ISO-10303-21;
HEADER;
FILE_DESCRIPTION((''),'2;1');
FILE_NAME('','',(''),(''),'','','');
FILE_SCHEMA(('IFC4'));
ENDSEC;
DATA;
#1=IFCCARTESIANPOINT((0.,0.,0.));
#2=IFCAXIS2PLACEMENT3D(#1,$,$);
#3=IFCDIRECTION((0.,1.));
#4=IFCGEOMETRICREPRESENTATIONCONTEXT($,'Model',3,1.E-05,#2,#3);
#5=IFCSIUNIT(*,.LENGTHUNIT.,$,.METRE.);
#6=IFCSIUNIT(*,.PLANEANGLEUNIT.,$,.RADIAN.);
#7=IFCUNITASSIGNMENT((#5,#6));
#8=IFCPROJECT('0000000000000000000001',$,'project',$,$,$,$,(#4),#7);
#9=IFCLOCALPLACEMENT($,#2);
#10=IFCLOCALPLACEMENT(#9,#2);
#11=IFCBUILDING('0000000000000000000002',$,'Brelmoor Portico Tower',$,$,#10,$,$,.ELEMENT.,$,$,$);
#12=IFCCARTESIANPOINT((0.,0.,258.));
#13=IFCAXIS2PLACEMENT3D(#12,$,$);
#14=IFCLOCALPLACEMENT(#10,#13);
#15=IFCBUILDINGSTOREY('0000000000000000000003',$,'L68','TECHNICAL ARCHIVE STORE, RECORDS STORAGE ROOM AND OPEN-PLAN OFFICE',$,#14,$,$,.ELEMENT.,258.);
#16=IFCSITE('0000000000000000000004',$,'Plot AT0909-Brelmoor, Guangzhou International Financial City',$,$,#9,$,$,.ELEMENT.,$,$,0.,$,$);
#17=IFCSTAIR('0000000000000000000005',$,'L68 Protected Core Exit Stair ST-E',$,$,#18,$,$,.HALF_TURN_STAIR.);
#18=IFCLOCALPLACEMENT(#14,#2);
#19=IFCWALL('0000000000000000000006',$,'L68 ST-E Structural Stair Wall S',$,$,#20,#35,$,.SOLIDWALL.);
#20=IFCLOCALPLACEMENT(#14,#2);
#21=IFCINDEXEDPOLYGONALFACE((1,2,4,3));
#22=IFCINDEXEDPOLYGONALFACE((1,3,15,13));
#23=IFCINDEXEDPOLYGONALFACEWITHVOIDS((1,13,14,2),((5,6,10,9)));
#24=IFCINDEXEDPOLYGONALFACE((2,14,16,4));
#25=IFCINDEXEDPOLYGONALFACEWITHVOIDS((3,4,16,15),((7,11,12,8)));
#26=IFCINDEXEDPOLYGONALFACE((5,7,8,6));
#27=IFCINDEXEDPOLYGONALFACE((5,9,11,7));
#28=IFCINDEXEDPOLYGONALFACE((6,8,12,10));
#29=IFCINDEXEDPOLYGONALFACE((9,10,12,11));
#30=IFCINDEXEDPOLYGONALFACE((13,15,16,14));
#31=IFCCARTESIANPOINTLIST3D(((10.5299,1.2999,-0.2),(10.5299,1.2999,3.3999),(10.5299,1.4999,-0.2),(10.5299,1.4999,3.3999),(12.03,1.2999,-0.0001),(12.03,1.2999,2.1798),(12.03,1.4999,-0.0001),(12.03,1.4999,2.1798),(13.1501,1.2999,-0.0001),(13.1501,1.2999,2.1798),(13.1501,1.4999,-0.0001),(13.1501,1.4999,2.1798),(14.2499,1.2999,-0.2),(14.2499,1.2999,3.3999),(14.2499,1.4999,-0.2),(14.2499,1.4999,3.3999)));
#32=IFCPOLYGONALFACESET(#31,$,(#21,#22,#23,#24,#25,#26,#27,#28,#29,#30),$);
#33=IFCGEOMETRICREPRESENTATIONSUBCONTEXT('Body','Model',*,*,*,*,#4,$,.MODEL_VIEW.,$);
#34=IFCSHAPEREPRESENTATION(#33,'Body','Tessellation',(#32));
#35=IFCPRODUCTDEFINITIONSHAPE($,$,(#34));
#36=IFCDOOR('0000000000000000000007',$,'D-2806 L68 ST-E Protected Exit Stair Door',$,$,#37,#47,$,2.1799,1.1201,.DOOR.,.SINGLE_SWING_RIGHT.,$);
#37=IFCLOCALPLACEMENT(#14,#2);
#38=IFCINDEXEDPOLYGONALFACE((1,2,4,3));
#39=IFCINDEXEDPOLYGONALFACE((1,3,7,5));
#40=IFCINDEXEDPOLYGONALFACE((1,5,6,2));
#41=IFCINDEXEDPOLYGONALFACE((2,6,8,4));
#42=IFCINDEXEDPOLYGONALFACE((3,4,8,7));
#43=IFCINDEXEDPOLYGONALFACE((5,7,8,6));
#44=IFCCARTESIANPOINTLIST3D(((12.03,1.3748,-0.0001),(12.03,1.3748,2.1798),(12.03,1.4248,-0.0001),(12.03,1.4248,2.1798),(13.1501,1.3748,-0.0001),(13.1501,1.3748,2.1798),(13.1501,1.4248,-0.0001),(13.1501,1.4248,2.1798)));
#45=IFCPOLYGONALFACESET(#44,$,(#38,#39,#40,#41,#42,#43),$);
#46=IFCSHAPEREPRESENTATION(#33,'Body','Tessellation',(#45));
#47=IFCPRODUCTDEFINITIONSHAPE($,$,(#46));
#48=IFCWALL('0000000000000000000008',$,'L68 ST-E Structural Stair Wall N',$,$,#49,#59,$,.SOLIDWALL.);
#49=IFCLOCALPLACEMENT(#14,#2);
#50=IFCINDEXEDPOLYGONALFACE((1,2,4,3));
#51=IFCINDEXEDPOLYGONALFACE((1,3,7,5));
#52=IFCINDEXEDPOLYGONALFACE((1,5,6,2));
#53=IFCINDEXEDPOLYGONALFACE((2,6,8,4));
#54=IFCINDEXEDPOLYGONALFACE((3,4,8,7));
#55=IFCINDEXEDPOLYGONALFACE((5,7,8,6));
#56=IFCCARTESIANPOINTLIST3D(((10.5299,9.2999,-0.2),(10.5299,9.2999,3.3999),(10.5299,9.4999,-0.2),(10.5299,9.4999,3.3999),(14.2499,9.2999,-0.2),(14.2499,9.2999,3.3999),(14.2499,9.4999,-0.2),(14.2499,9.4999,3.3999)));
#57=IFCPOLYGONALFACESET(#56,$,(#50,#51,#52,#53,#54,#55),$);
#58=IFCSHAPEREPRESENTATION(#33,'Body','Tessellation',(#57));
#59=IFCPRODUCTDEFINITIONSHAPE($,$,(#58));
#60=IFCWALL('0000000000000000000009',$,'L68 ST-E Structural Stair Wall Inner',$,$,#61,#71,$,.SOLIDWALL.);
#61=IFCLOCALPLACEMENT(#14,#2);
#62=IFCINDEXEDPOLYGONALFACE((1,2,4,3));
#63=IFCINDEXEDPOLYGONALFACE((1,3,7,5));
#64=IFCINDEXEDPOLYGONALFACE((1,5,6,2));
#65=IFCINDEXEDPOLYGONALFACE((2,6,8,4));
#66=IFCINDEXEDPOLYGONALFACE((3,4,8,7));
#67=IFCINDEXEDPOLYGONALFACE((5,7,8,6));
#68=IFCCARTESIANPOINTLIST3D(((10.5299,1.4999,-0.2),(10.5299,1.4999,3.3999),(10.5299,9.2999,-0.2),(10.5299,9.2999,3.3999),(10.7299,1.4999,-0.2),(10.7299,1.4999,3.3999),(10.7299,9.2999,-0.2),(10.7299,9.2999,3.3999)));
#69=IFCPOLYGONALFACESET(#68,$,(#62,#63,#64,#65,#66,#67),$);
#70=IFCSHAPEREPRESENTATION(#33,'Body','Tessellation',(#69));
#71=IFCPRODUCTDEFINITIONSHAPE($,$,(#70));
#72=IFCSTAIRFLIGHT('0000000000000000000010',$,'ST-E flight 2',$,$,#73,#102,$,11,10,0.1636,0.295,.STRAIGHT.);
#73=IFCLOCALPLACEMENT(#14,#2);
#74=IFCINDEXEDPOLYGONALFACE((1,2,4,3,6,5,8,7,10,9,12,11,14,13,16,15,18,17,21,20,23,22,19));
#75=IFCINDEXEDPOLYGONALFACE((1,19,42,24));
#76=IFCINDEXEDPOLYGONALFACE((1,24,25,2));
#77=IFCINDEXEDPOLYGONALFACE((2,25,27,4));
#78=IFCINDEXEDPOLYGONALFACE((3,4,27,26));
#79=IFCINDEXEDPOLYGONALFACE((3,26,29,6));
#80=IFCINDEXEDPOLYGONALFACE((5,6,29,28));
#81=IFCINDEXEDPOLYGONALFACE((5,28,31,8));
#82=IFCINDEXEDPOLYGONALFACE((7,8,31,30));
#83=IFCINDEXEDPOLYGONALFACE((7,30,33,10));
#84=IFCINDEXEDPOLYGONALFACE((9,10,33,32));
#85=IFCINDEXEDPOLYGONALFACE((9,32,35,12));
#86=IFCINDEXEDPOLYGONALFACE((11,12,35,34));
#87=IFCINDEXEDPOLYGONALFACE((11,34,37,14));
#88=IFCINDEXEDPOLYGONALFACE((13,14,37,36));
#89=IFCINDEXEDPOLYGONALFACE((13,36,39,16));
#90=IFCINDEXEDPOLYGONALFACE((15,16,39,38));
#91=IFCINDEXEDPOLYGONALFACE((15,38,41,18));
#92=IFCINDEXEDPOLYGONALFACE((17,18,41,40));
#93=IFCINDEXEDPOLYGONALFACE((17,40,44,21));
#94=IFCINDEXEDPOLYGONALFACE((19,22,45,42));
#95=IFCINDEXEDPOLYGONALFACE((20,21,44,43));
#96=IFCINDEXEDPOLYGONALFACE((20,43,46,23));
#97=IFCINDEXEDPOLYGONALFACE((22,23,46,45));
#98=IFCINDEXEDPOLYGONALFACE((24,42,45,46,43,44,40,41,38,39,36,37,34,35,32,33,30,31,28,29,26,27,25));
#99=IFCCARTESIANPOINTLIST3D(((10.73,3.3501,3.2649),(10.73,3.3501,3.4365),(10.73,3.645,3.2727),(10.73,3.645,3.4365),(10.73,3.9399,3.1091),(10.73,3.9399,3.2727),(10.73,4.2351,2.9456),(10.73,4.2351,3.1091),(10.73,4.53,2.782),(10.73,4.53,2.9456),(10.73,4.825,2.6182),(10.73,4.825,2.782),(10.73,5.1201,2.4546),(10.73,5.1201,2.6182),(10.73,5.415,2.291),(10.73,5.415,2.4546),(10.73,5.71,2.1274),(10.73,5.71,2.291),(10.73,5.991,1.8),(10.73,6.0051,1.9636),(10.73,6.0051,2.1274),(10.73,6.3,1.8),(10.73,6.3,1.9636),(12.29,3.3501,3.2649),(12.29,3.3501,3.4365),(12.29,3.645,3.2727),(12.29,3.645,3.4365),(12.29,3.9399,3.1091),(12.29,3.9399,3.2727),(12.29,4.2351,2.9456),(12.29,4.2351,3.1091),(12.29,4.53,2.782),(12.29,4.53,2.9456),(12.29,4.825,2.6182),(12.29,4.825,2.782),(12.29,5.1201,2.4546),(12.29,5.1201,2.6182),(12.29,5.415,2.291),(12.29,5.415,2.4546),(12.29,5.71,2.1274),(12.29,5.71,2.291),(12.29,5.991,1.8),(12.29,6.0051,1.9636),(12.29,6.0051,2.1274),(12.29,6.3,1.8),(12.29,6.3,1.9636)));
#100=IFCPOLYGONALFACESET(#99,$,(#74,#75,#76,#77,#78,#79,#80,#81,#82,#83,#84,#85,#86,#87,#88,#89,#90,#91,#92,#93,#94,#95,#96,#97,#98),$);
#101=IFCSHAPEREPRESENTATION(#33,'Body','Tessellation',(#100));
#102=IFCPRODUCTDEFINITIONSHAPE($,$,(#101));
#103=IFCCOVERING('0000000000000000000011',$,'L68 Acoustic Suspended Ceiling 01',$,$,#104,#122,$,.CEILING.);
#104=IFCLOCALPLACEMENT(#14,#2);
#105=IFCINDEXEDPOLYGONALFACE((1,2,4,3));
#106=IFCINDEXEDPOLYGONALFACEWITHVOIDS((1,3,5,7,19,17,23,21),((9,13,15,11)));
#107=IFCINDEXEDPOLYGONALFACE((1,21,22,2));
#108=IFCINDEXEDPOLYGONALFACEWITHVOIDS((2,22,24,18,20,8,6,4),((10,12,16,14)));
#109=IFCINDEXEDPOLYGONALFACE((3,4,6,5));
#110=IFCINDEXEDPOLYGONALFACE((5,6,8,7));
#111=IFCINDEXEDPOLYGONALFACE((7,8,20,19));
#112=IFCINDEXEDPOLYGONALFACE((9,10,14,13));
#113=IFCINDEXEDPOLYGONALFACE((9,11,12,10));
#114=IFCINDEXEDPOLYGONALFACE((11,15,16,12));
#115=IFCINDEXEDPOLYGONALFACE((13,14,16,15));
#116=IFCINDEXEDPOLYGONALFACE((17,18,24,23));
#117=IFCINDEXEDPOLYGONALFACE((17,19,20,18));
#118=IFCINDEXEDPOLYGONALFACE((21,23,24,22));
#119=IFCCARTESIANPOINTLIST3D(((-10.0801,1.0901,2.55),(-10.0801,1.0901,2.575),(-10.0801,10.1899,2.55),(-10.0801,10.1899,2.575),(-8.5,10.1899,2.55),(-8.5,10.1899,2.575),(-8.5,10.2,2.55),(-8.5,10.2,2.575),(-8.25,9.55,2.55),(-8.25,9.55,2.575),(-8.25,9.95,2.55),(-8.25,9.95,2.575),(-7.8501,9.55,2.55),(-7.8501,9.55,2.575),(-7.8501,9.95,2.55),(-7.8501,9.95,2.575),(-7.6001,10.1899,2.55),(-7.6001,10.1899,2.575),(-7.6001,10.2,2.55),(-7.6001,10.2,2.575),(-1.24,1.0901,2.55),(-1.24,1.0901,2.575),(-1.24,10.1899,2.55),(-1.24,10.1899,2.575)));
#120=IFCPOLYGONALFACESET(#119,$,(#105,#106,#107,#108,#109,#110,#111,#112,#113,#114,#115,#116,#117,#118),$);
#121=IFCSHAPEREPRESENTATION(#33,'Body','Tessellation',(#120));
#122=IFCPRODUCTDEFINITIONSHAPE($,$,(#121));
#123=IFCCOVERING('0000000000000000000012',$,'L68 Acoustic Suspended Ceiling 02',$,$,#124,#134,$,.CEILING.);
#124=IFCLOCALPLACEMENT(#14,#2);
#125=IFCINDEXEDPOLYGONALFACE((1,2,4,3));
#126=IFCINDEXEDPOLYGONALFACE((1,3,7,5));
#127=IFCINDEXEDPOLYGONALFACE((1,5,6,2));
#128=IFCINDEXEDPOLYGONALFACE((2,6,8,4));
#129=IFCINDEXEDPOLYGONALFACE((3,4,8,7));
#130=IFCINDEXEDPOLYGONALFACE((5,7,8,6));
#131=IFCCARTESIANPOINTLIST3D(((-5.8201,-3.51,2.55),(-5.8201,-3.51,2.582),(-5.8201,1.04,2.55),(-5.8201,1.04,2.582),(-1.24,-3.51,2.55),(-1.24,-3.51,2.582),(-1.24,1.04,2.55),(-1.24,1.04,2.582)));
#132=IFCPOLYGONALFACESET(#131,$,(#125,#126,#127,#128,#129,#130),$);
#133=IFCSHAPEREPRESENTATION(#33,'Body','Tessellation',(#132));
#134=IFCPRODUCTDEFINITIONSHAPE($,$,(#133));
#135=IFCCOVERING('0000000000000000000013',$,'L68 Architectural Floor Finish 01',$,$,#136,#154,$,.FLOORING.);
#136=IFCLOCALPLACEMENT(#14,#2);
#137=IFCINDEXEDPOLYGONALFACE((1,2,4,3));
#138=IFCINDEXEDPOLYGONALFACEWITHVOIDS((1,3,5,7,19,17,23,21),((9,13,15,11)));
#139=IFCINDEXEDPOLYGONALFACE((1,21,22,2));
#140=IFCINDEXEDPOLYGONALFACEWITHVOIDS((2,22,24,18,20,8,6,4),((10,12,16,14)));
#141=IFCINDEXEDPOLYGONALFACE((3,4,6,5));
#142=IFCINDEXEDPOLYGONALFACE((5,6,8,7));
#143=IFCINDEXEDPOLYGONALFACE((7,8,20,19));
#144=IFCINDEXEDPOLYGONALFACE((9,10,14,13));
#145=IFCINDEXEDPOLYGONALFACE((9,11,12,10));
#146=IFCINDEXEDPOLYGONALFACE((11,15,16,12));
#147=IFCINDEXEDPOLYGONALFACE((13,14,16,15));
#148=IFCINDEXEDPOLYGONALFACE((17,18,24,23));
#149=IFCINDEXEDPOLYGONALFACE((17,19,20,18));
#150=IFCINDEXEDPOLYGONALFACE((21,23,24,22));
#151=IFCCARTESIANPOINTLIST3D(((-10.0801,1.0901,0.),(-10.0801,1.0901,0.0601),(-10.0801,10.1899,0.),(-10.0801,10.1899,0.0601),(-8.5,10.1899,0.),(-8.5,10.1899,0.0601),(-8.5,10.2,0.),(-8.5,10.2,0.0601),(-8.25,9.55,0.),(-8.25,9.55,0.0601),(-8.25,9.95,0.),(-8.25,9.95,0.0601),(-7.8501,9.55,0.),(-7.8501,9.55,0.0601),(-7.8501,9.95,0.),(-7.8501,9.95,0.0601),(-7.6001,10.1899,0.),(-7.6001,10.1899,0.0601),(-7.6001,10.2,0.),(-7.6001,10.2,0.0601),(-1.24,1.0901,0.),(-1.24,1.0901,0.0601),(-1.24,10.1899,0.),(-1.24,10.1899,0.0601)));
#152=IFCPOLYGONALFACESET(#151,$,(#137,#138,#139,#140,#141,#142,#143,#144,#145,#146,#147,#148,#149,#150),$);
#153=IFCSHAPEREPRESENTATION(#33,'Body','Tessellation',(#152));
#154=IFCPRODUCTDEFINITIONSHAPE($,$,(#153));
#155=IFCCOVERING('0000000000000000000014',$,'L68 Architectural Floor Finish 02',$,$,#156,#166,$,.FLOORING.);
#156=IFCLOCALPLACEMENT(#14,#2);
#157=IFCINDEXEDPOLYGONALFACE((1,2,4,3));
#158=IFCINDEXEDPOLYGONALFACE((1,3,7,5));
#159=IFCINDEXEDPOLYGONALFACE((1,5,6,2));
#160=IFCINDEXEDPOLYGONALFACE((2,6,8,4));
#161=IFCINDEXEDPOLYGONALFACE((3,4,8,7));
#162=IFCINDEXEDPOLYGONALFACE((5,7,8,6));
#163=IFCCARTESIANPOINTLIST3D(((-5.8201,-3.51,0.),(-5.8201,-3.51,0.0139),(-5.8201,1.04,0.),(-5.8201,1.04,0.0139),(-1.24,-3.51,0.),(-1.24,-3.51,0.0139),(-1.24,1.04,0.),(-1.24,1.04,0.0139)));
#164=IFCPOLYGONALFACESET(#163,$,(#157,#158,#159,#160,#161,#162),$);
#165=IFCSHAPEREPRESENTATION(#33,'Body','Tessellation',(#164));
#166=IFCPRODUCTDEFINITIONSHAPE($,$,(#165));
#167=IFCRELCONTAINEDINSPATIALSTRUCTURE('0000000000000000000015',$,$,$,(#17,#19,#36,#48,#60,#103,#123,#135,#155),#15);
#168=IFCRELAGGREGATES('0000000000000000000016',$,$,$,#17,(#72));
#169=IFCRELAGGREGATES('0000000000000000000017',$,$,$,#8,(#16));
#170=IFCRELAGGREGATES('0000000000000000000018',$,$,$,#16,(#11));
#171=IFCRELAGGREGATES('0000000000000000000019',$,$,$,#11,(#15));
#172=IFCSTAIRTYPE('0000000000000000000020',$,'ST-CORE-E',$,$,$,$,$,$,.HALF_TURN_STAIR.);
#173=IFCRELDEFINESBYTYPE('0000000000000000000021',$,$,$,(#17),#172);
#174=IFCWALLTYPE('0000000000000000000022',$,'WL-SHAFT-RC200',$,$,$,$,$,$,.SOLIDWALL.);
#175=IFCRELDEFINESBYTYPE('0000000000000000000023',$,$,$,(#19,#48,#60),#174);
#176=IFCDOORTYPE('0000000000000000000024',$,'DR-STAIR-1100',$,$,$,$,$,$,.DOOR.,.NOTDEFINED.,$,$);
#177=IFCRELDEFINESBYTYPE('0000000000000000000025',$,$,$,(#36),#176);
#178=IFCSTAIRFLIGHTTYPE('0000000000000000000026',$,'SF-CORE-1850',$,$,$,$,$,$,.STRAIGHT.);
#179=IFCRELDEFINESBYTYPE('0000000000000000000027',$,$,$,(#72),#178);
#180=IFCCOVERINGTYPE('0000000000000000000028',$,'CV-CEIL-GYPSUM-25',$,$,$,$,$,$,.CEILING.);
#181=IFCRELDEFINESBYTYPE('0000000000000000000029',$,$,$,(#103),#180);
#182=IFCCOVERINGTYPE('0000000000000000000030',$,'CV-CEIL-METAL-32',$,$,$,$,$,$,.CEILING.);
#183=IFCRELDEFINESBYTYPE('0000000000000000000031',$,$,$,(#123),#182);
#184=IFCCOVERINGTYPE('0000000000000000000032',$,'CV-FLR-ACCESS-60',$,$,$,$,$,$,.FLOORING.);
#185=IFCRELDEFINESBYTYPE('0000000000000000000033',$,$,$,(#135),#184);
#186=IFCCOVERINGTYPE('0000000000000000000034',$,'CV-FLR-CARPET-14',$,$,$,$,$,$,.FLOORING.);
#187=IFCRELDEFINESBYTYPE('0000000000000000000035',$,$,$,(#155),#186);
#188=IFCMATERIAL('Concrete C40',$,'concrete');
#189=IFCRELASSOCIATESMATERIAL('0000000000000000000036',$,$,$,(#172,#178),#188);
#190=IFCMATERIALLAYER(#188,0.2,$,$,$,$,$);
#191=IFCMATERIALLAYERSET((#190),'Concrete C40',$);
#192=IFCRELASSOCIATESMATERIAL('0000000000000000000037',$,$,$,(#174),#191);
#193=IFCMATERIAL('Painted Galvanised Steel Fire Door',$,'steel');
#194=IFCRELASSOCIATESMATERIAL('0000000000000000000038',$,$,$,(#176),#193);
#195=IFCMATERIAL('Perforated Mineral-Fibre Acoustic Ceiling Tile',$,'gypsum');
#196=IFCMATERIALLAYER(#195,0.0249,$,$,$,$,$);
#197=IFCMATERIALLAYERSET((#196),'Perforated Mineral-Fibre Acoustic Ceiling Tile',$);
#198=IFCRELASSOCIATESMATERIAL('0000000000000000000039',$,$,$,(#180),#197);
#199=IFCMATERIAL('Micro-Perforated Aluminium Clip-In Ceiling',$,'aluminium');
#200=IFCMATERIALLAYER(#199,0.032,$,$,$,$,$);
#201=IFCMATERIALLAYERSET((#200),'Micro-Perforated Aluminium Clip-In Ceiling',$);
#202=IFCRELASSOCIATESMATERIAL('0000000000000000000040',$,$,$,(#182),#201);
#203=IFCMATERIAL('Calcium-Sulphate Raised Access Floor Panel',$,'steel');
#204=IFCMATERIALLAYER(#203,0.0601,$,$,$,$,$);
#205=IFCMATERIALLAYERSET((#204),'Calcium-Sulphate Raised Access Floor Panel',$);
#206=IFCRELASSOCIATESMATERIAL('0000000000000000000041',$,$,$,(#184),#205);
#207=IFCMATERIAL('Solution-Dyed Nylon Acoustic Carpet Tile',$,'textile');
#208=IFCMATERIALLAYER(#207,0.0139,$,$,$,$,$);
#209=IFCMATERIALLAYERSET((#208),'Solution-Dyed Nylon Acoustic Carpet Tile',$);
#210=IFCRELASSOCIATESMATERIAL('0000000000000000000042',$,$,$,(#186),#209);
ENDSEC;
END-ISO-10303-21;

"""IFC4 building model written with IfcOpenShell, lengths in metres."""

from ifc_helpers import new_model, si_unit, direction, frame, frame_2d, origin, place, context, subcontext, project, spatial, polyline, rectangle, outline, extrude, material, layer, layer_set, type_object, element, fill, aggregate, save


model = new_model("IFC4")

# Units and contexts
model_context = context("Model", 3, precision=1e-05, world=origin(), true_north=direction((0.0, 1.0)))
body_context = subcontext(model_context, "Body", "Model", "MODEL_VIEW")
ifc_project = project(units=[si_unit("LENGTHUNIT", "METRE"), si_unit("PLANEANGLEUNIT", "RADIAN")], contexts=[model_context])

# Site, building, storey
site_placement = place(None, origin())
site = spatial("IfcSite", under=ifc_project, at=site_placement, Name="Plot AT0909-Brelmoor, Guangzhou International Financial City", CompositionType="ELEMENT", RefElevation=0.0)
building_placement = place(site_placement, origin())
building = spatial("IfcBuilding", under=site, at=building_placement, Name="Brelmoor Portico Tower", CompositionType="ELEMENT")
storey_placement = place(building_placement, frame((0.0, 0.0, 258.0)))
storey = spatial("IfcBuildingStorey", under=building, at=storey_placement, Name="L68", Description="TECHNICAL ARCHIVE STORE, RECORDS STORAGE ROOM AND OPEN-PLAN OFFICE", CompositionType="ELEMENT", Elevation=258.0)

# Shared definitions
ifc_material_1 = material(Name="Concrete C40", Category="concrete")

# Stair
stair_type_1 = type_object("IfcStairType", Name="ST-CORE-E", PredefinedType="HALF_TURN_STAIR", material=ifc_material_1)
stair_1_placement = place(storey_placement, origin())
stair_1 = element("IfcStair", 1, at=stair_1_placement, inside=storey, type_object=stair_type_1, Name="L68 Protected Core Exit Stair ST-E", PredefinedType="HALF_TURN_STAIR")

# Wall, opening, door
ifc_layer_1 = layer(ifc_material_1, 0.2)
ifc_layer_set_1 = layer_set([ifc_layer_1], Name="Concrete C40")
wall_type_1 = type_object("IfcWallType", Name="WL-SHAFT-RC200", PredefinedType="SOLIDWALL", material=ifc_layer_set_1)
wall_1_placement = place(storey_placement, frame((10.53, 1.3999, -0.2), z_axis=(0.0, 0.0, 1.0), x_axis=(1.0, 0.0, 0.0)))
wall_1 = element("IfcWall", 2, at=wall_1_placement, inside=storey, type_object=wall_type_1, Name="L68 ST-E Structural Stair Wall S", PredefinedType="SOLIDWALL", context=body_context, shape_type="SweptSolid", body=[
    extrude(rectangle(XDim=3.72, YDim=0.2, at=frame_2d((1.8599, 0.0))), origin(), (0.0, 0.0, 1.0), 3.5999),
])
opening_placement = place(wall_1_placement, frame((1.5, 0.0, 0.2)))
opening = element("IfcOpeningElement", 3, at=opening_placement, cuts=wall_1, PredefinedType="OPENING", context=body_context, shape_type="SweptSolid", body=[
    extrude(rectangle(XDim=1.1201, YDim=2.1799, at=frame_2d((0.5601, 1.0898))), frame((0.0, 0.1099, 0.0), z_axis=(0.0, -1.0, 0.0), x_axis=(1.0, 0.0, 0.0)), (0.0, 0.0, 1.0), 0.22),
])
ifc_material_2 = material(Name="Painted Galvanised Steel Fire Door", Category="steel")
door_type = type_object("IfcDoorType", Name="DR-STAIR-1100", OperationType="NOTDEFINED", PredefinedType="DOOR", material=ifc_material_2)
door_placement = place(opening_placement, origin())
door = element("IfcDoor", 4, at=door_placement, inside=storey, type_object=door_type, Name="D-2806 L68 ST-E Protected Exit Stair Door", OperationType="SINGLE_SWING_RIGHT", OverallHeight=2.1799, OverallWidth=1.1201, PredefinedType="DOOR", context=body_context, shape_type="SweptSolid", body=[
    extrude(rectangle(XDim=1.1201, YDim=2.1799, at=frame_2d((0.5601, 1.0898))), frame((0.0, 0.0249, 0.0), z_axis=(0.0, -1.0, 0.0), x_axis=(1.0, 0.0, 0.0)), (0.0, 0.0, 1.0), 0.05),
])
fill(opening, door)

# Walls
wall_2_placement = place(storey_placement, frame((10.53, 9.3999, -0.2), z_axis=(0.0, 0.0, 1.0), x_axis=(1.0, 0.0, 0.0)))
element("IfcWall", 5, at=wall_2_placement, inside=storey, type_object=wall_type_1, Name="L68 ST-E Structural Stair Wall N", PredefinedType="SOLIDWALL", context=body_context, shape_type="SweptSolid", body=[
    extrude(rectangle(XDim=3.72, YDim=0.2, at=frame_2d((1.8599, 0.0))), origin(), (0.0, 0.0, 1.0), 3.5999),
])
wall_3_placement = place(storey_placement, frame((10.6299, 1.5, -0.2), z_axis=(0.0, 0.0, 1.0), x_axis=(0.0, 1.0, 0.0)))
element("IfcWall", 6, at=wall_3_placement, inside=storey, type_object=wall_type_1, Name="L68 ST-E Structural Stair Wall Inner", PredefinedType="SOLIDWALL", context=body_context, shape_type="SweptSolid", body=[
    extrude(rectangle(XDim=7.8, YDim=0.2, at=frame_2d((3.8999, 0.0))), origin(), (0.0, 0.0, 1.0), 3.5999),
])

# Stair flight
stair_flight_type = type_object("IfcStairFlightType", Name="SF-CORE-1850", PredefinedType="STRAIGHT", material=ifc_material_1)
stair_flight_placement = place(storey_placement, frame((11.51, 6.3, 1.8), z_axis=(0.0, 0.0, 1.0), x_axis=(0.0, -1.0, 0.0)))
stair_flight = element("IfcStairFlight", 7, at=stair_flight_placement, type_object=stair_flight_type, Name="ST-E flight 2", NumberOfRisers=11, NumberOfTreads=10, PredefinedType="STRAIGHT", RiserHeight=0.1636, TreadLength=0.295, context=body_context, shape_type="SweptSolid", body=[
    extrude(outline(polyline([(0.0, 0.0), (0.0, 0.1636), (0.2949, 0.1636), (0.2949, 0.3274), (0.5901, 0.3274), (0.5901, 0.491), (0.885, 0.491), (0.885, 0.6545), (1.1799, 0.6545), (1.1799, 0.8181), (1.4751, 0.8181), (1.4751, 0.9819), (1.77, 0.9819), (1.77, 1.1455), (2.0649, 1.1455), (2.0649, 1.3091), (2.3601, 1.3091), (2.3601, 1.4727), (2.655, 1.4727), (2.655, 1.6365), (2.95, 1.6365), (2.95, 1.8), (2.95, 1.4648), (0.3091, 0.0), (0.0, 0.0)])), frame((0.0, 0.78, 0.0), z_axis=(0.0, -1.0, 0.0), x_axis=(1.0, 0.0, 0.0)), (0.0, 0.0, 1.0), 1.5601),
])
aggregate(stair_1, [stair_flight])

# Coverings
ifc_material_3 = material(Name="Perforated Mineral-Fibre Acoustic Ceiling Tile", Category="gypsum")
ifc_layer_2 = layer(ifc_material_3, 0.0249)
ifc_layer_set_2 = layer_set([ifc_layer_2], Name="Perforated Mineral-Fibre Acoustic Ceiling Tile")
covering_type_1 = type_object("IfcCoveringType", Name="CV-CEIL-GYPSUM-25", PredefinedType="CEILING", material=ifc_layer_set_2)
covering_1_placement = place(storey_placement, frame((0.0, 0.0, 2.55)))
element("IfcCovering", 8, at=covering_1_placement, inside=storey, type_object=covering_type_1, Name="L68 Acoustic Suspended Ceiling 01", PredefinedType="CEILING", context=body_context, shape_type="SweptSolid", body=[
    extrude(outline(polyline([(-10.0801, 10.1899), (-8.5, 10.1899), (-8.5, 10.2), (-7.6001, 10.2), (-7.6001, 10.1899), (-1.24, 10.1899), (-1.24, 1.0901), (-10.0801, 1.0901), (-10.0801, 10.1899)]), holes=[polyline([(-7.8501, 9.55), (-7.8501, 9.95), (-8.25, 9.95), (-8.25, 9.55), (-7.8501, 9.55)])]), origin(), (0.0, 0.0, 1.0), 0.0249),
])
ifc_material_4 = material(Name="Micro-Perforated Aluminium Clip-In Ceiling", Category="aluminium")
ifc_layer_3 = layer(ifc_material_4, 0.032)
ifc_layer_set_3 = layer_set([ifc_layer_3], Name="Micro-Perforated Aluminium Clip-In Ceiling")
covering_type_2 = type_object("IfcCoveringType", Name="CV-CEIL-METAL-32", PredefinedType="CEILING", material=ifc_layer_set_3)
covering_2_placement = place(storey_placement, frame((0.0, 0.0, 2.55)))
element("IfcCovering", 9, at=covering_2_placement, inside=storey, type_object=covering_type_2, Name="L68 Acoustic Suspended Ceiling 02", PredefinedType="CEILING", context=body_context, shape_type="SweptSolid", body=[
    extrude(outline(polyline([(-5.8201, -3.51), (-5.8201, 1.04), (-1.24, 1.04), (-1.24, -3.51), (-5.8201, -3.51)])), origin(), (0.0, 0.0, 1.0), 0.032),
])
ifc_material_5 = material(Name="Calcium-Sulphate Raised Access Floor Panel", Category="steel")
ifc_layer_4 = layer(ifc_material_5, 0.0601)
ifc_layer_set_4 = layer_set([ifc_layer_4], Name="Calcium-Sulphate Raised Access Floor Panel")
covering_type_3 = type_object("IfcCoveringType", Name="CV-FLR-ACCESS-60", PredefinedType="FLOORING", material=ifc_layer_set_4)
covering_3_placement = place(storey_placement, origin())
element("IfcCovering", 10, at=covering_3_placement, inside=storey, type_object=covering_type_3, Name="L68 Architectural Floor Finish 01", PredefinedType="FLOORING", context=body_context, shape_type="SweptSolid", body=[
    extrude(outline(polyline([(-10.0801, 10.1899), (-8.5, 10.1899), (-8.5, 10.2), (-7.6001, 10.2), (-7.6001, 10.1899), (-1.24, 10.1899), (-1.24, 1.0901), (-10.0801, 1.0901), (-10.0801, 10.1899)]), holes=[polyline([(-7.8501, 9.55), (-7.8501, 9.95), (-8.25, 9.95), (-8.25, 9.55), (-7.8501, 9.55)])]), origin(), (0.0, 0.0, 1.0), 0.0601),
])
ifc_material_6 = material(Name="Solution-Dyed Nylon Acoustic Carpet Tile", Category="textile")
ifc_layer_5 = layer(ifc_material_6, 0.0139)
ifc_layer_set_5 = layer_set([ifc_layer_5], Name="Solution-Dyed Nylon Acoustic Carpet Tile")
covering_type_4 = type_object("IfcCoveringType", Name="CV-FLR-CARPET-14", PredefinedType="FLOORING", material=ifc_layer_set_5)
covering_4_placement = place(storey_placement, origin())
element("IfcCovering", 11, at=covering_4_placement, inside=storey, type_object=covering_type_4, Name="L68 Architectural Floor Finish 02", PredefinedType="FLOORING", context=body_context, shape_type="SweptSolid", body=[
    extrude(outline(polyline([(-5.8201, -3.51), (-5.8201, 1.04), (-1.24, 1.04), (-1.24, -3.51), (-5.8201, -3.51)])), origin(), (0.0, 0.0, 1.0), 0.0139),
])

save(model, "model.ifc")
